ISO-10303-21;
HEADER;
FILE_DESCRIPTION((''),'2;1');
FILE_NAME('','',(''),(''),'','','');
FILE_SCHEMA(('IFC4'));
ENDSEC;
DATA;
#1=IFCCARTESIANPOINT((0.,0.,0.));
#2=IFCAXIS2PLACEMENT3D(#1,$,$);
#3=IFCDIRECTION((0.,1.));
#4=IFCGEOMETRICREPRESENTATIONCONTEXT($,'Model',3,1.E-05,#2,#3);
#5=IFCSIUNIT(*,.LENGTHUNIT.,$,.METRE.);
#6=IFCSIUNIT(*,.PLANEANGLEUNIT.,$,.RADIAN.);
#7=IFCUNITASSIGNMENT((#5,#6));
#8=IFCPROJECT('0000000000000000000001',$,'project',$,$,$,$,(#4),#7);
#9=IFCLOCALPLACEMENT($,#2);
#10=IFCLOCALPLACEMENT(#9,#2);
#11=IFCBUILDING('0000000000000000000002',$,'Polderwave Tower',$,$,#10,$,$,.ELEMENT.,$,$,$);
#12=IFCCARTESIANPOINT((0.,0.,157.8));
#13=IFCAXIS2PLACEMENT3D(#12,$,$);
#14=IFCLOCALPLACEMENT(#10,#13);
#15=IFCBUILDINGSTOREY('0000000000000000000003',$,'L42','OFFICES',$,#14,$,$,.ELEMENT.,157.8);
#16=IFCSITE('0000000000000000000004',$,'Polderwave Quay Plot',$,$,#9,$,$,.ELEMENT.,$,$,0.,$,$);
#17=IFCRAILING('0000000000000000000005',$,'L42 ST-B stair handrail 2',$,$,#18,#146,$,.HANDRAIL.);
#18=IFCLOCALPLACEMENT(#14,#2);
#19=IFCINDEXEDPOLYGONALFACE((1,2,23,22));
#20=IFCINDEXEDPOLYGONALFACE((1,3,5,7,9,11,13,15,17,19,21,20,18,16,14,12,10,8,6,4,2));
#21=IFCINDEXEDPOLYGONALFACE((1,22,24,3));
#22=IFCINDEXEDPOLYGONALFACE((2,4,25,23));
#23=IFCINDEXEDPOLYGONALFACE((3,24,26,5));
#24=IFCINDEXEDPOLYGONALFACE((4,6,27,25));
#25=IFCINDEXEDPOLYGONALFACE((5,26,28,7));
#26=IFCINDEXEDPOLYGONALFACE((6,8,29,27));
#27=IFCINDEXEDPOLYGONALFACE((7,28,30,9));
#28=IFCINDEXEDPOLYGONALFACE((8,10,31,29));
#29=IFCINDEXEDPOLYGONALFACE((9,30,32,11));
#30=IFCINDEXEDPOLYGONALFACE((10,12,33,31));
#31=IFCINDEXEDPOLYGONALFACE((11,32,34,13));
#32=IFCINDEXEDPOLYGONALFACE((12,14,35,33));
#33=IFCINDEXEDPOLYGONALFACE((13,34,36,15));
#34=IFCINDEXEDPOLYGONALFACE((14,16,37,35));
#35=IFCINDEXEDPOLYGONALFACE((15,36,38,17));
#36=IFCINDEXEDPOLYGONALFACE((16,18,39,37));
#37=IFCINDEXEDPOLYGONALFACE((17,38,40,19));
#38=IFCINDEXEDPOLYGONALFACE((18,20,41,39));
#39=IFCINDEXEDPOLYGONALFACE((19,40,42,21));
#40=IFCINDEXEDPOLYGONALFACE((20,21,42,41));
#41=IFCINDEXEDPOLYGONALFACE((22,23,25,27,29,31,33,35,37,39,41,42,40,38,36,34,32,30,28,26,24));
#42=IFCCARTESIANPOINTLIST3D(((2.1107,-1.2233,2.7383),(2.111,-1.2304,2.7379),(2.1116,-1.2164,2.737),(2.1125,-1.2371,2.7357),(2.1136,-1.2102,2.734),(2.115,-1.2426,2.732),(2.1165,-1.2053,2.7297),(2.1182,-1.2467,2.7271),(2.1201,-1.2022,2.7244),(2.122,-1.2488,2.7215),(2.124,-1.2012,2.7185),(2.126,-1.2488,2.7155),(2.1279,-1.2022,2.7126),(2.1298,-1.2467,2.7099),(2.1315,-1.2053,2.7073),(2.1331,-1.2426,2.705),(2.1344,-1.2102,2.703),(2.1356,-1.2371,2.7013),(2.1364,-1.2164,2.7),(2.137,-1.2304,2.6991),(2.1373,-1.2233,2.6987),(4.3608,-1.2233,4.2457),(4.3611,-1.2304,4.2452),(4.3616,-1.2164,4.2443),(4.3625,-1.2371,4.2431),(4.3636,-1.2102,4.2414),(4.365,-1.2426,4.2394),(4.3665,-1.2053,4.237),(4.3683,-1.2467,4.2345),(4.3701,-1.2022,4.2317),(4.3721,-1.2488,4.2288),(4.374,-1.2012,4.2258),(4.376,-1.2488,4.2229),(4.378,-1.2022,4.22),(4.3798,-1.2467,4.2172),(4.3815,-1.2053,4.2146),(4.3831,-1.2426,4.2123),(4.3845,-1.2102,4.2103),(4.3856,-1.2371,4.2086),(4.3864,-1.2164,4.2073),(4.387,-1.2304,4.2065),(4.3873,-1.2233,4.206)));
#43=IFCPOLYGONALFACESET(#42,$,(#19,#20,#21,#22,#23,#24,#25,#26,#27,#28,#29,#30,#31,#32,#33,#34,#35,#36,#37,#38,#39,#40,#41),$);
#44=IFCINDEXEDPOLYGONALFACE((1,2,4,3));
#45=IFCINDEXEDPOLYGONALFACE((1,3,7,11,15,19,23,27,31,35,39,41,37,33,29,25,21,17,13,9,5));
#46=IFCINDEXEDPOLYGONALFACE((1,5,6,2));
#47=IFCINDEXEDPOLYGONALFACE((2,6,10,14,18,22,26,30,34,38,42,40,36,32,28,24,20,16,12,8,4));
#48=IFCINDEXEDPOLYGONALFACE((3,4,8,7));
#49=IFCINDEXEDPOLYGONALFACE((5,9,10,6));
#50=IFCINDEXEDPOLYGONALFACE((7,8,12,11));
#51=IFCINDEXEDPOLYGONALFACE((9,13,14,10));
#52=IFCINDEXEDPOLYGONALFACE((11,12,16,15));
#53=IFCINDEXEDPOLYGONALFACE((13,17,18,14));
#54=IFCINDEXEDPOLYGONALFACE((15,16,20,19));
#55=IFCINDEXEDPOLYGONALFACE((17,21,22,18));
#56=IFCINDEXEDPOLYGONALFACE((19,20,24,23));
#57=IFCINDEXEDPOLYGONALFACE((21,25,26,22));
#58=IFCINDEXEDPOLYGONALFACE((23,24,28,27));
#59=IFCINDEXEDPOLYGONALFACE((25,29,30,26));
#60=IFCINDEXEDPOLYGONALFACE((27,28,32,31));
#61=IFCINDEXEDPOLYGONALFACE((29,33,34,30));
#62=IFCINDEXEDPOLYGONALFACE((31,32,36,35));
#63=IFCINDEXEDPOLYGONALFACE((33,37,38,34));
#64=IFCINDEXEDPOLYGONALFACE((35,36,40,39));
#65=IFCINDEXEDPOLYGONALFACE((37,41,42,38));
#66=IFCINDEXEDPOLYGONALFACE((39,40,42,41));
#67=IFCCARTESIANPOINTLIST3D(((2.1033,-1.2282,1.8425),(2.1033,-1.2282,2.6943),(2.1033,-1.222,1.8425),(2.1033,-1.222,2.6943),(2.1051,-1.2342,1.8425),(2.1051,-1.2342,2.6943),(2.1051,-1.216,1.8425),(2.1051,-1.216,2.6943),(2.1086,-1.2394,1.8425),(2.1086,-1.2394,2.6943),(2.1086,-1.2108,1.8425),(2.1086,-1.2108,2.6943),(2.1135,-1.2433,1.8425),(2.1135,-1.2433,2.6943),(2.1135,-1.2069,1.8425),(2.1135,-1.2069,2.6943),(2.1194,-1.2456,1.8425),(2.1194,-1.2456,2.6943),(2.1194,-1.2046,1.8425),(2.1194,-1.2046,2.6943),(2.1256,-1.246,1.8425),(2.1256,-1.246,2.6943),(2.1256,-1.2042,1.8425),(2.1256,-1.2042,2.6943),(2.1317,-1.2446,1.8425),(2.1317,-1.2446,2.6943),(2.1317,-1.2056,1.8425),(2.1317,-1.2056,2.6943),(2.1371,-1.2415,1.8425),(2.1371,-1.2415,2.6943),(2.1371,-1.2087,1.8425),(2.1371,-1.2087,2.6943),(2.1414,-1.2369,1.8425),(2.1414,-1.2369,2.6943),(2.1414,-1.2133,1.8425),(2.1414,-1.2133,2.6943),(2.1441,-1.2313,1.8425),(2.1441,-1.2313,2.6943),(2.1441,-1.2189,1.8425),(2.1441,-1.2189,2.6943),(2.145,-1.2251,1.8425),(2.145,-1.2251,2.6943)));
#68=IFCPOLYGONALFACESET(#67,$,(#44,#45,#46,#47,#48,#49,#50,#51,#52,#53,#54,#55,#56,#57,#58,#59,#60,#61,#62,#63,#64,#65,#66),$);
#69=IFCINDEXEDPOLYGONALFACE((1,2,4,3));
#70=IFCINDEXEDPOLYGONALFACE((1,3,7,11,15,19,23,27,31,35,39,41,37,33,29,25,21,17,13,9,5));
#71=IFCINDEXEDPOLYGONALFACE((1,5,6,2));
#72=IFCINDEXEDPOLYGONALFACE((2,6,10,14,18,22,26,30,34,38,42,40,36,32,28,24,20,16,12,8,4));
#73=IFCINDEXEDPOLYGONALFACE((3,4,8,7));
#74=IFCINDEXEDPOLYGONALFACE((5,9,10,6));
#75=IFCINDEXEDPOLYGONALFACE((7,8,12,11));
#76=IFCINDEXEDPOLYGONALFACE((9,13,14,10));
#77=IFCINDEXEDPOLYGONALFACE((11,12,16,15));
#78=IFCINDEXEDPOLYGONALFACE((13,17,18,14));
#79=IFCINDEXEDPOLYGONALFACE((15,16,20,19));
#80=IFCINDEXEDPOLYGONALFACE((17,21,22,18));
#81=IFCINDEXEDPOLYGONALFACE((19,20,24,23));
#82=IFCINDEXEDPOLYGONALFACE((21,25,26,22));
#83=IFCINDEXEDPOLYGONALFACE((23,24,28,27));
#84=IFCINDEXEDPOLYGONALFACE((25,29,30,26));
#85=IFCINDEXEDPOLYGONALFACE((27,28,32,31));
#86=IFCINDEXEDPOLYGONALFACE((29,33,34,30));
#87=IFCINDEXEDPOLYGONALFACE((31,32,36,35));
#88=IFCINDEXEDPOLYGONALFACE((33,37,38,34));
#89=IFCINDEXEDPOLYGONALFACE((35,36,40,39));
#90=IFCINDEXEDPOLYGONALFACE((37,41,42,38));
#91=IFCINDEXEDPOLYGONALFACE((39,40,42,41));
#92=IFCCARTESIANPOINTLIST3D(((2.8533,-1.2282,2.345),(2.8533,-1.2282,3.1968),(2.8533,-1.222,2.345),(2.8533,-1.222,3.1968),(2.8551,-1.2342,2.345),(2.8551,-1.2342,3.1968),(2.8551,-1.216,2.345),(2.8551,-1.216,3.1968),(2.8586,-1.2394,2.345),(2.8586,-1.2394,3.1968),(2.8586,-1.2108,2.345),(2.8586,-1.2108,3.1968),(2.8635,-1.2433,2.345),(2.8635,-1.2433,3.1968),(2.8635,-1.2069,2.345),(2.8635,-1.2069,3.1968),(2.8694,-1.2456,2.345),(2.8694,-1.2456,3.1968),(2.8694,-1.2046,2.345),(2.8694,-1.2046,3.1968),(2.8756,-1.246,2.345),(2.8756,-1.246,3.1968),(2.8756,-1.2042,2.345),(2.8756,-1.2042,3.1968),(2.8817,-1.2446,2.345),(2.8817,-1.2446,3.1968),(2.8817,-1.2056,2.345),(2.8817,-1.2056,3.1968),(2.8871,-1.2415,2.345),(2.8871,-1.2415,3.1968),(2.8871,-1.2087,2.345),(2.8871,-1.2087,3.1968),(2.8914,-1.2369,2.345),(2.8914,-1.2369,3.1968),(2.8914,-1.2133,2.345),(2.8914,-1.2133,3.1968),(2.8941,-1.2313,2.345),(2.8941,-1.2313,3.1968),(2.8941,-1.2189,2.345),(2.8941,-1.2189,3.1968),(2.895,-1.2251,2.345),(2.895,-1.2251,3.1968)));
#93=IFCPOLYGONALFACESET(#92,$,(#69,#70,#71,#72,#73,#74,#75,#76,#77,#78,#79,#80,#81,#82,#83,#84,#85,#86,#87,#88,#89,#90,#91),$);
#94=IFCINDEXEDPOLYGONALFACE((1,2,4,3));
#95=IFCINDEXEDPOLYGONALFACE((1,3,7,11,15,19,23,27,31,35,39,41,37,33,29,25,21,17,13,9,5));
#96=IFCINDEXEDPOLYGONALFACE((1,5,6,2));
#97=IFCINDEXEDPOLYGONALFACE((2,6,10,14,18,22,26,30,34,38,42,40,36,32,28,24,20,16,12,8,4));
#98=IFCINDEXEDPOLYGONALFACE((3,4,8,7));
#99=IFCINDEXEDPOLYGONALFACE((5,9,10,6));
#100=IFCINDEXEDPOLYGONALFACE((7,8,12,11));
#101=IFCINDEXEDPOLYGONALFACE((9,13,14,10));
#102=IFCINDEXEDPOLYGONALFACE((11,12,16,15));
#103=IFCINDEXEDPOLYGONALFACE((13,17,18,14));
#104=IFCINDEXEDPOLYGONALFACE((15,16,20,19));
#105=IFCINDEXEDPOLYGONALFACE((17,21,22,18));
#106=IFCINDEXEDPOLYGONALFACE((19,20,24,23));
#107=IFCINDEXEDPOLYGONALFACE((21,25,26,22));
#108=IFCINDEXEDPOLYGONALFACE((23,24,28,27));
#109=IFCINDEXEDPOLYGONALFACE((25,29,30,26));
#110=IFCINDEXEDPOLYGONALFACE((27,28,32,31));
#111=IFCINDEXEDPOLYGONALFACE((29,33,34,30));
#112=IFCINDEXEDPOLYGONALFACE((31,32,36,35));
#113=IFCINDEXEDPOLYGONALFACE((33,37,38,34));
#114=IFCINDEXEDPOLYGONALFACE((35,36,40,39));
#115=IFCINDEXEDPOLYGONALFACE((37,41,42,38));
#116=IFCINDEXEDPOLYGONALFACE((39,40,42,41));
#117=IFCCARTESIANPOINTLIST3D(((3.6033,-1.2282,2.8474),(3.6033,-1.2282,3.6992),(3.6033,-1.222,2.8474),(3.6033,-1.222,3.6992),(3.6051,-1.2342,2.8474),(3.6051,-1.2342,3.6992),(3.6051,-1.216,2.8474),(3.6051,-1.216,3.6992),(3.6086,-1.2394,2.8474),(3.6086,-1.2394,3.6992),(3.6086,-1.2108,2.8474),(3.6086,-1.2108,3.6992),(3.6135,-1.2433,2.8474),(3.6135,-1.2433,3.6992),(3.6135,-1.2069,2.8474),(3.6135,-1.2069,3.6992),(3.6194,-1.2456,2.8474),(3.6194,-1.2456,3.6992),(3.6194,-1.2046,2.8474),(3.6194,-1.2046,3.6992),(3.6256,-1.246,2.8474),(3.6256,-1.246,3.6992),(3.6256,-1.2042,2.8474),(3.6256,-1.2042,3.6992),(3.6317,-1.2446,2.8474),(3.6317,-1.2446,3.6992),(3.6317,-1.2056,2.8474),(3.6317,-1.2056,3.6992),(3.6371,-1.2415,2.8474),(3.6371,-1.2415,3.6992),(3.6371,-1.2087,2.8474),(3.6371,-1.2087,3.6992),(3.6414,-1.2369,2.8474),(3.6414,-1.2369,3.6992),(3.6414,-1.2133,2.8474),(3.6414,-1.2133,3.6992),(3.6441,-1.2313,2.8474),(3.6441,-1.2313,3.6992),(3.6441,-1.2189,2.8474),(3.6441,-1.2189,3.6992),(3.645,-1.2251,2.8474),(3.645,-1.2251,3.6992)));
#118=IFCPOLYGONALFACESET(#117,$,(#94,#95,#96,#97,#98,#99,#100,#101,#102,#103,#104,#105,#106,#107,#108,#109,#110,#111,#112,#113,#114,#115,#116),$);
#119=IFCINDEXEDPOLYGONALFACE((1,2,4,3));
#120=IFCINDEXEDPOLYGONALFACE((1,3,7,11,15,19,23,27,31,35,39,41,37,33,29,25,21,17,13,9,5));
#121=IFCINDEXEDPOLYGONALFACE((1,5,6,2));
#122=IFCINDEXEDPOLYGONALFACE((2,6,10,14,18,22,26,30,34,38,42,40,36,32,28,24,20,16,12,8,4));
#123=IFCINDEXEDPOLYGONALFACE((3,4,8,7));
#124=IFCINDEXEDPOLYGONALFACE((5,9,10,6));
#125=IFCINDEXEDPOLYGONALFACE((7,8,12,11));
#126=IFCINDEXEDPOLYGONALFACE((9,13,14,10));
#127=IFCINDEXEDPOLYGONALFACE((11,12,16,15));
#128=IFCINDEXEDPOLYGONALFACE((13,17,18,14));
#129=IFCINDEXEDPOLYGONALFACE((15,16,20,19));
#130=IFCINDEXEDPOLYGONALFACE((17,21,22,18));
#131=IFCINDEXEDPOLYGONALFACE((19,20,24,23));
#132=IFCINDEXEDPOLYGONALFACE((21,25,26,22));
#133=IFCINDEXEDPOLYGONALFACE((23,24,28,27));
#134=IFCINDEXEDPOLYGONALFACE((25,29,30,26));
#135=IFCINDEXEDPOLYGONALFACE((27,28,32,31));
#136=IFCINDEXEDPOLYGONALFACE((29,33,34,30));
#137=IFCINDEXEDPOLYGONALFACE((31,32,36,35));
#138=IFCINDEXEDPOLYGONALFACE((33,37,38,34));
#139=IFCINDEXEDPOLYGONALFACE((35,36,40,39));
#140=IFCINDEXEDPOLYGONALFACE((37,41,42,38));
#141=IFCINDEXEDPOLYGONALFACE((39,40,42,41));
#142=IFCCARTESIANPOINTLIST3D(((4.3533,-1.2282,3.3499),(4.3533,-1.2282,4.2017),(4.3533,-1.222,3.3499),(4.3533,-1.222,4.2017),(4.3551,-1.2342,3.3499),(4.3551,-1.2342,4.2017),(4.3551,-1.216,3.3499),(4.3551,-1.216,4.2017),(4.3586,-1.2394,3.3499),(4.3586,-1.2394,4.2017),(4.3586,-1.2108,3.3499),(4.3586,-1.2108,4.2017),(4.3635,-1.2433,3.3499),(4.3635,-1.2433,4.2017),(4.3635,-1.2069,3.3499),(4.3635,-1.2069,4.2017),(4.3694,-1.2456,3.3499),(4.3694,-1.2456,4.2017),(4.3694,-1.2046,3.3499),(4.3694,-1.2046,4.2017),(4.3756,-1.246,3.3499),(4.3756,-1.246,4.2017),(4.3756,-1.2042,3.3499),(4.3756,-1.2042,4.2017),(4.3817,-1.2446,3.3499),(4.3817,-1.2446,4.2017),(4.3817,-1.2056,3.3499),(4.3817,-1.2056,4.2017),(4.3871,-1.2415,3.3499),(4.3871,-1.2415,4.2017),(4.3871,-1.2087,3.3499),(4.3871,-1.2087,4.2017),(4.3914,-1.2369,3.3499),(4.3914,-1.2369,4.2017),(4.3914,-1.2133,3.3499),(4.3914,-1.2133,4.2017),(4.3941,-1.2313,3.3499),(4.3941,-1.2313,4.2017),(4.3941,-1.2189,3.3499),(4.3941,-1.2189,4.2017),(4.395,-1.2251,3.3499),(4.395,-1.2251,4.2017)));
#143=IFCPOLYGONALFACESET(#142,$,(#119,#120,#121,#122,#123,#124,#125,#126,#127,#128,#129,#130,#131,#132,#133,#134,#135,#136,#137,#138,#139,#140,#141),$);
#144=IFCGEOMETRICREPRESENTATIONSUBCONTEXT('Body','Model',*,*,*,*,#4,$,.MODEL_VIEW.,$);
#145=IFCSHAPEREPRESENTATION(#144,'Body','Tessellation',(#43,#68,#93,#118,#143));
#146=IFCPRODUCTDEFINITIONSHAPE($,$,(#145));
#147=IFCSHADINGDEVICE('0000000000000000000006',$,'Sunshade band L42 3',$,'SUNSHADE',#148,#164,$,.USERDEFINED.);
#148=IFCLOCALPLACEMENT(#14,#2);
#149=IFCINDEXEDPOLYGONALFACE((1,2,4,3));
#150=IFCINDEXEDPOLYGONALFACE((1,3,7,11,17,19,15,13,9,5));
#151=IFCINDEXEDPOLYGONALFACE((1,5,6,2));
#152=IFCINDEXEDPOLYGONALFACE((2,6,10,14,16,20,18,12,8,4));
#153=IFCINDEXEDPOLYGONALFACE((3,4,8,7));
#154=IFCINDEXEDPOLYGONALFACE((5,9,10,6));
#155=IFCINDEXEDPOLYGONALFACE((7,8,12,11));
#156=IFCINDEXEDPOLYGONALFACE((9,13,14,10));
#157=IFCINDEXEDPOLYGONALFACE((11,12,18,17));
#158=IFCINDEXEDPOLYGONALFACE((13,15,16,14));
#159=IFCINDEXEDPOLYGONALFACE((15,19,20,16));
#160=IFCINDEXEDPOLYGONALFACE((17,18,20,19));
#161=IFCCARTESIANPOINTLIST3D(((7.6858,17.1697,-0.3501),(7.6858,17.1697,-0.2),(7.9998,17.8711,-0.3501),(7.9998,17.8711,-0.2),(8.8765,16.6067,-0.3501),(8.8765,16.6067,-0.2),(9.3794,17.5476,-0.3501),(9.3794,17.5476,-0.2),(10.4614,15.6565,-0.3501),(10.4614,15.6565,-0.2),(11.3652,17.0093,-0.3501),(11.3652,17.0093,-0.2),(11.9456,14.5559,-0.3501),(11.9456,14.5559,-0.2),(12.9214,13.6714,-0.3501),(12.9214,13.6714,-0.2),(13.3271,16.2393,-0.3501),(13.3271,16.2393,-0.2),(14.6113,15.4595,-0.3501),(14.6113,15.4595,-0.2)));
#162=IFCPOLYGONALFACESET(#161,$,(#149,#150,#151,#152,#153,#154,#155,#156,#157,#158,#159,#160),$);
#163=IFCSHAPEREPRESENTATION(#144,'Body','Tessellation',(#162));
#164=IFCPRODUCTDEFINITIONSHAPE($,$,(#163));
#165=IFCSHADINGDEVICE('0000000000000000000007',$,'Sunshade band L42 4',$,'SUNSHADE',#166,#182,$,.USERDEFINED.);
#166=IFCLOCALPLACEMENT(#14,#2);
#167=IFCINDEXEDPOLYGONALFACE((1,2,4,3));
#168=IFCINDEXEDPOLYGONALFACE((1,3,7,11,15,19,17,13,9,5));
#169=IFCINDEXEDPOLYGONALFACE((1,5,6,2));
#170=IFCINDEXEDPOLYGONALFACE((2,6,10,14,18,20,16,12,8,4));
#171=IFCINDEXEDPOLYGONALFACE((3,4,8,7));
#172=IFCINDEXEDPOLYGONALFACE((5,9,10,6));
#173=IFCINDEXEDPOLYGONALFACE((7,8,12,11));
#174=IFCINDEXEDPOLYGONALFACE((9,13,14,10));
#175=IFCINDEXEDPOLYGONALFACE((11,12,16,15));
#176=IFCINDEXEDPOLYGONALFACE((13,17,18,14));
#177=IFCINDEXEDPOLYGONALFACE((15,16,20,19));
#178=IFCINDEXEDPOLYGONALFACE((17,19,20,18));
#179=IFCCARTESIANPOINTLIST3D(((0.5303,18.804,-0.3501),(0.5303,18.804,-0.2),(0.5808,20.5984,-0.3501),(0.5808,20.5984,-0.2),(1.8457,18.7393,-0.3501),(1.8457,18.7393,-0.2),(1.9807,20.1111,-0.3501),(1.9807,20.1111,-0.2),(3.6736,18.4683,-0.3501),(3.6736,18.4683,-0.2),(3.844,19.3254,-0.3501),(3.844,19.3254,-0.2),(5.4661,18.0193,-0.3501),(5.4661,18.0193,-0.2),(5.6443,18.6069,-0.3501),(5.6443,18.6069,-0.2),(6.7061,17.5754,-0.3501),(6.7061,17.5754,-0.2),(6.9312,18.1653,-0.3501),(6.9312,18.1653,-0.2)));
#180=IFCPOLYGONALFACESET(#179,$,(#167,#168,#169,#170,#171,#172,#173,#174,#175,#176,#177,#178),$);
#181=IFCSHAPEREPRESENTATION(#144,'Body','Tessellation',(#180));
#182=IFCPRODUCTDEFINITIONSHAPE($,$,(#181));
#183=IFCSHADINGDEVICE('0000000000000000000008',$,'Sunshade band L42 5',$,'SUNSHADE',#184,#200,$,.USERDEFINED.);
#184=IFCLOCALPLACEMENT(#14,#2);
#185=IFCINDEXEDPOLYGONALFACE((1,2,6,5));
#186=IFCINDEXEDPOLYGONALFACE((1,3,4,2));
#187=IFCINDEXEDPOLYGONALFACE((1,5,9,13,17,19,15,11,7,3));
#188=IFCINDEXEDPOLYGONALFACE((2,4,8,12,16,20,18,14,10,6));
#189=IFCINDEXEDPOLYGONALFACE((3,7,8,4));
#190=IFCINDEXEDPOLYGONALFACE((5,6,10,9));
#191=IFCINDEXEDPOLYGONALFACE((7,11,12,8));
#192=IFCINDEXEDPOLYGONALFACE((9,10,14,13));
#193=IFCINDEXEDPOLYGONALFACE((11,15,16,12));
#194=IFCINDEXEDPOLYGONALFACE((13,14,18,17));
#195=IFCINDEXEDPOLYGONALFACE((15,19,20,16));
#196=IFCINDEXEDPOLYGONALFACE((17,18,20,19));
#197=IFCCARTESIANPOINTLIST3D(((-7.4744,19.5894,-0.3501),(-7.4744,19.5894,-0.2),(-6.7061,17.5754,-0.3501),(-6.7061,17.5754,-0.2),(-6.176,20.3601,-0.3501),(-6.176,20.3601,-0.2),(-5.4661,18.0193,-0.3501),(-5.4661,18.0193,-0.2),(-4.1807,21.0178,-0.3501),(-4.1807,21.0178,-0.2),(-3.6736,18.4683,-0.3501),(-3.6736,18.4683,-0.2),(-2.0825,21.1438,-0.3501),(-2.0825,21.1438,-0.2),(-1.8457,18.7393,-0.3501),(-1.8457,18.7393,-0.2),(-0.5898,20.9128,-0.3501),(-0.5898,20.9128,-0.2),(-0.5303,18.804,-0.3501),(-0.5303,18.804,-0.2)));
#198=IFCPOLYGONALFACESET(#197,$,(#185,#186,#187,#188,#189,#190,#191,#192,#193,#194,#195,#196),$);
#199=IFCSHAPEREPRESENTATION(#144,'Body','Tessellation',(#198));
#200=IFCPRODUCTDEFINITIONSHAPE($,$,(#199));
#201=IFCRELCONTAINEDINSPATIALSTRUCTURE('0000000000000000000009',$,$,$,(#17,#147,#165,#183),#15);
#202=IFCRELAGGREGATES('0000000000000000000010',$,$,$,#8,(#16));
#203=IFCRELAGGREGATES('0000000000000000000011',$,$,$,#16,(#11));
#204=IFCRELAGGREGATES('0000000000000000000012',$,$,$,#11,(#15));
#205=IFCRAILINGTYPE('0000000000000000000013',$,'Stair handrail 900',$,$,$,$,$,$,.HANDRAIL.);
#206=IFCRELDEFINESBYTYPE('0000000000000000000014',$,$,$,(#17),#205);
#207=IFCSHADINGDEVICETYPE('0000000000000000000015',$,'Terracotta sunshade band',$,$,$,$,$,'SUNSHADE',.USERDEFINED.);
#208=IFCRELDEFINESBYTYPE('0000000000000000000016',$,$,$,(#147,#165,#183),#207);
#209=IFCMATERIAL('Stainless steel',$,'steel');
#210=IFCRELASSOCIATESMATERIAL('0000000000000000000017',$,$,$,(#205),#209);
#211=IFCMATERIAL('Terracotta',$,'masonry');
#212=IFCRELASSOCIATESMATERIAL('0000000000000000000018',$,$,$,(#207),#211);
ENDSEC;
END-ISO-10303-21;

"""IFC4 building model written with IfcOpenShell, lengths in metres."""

from ifc_helpers import new_model, si_unit, direction, frame, origin, origin_2d, place, context, subcontext, project, spatial, polyline, circle, outline, extrude, material, type_object, element, save


model = new_model("IFC4")

# Units and contexts
model_context = context("Model", 3, precision=1e-05, world=origin(), true_north=direction((0.0, 1.0)))
body_context = subcontext(model_context, "Body", "Model", "MODEL_VIEW")
ifc_project = project(units=[si_unit("LENGTHUNIT", "METRE"), si_unit("PLANEANGLEUNIT", "RADIAN")], contexts=[model_context])

# Site, building, storey
site_placement = place(None, origin())
site = spatial("IfcSite", under=ifc_project, at=site_placement, Name="Polderwave Quay Plot", CompositionType="ELEMENT", RefElevation=0.0)
building_placement = place(site_placement, origin())
building = spatial("IfcBuilding", under=site, at=building_placement, Name="Polderwave Tower", CompositionType="ELEMENT")
storey_placement = place(building_placement, frame((0.0, 0.0, 157.8)))
storey = spatial("IfcBuildingStorey", under=building, at=storey_placement, Name="L42", Description="OFFICES", CompositionType="ELEMENT", Elevation=157.8)

# Railing
ifc_material_1 = material(Name="Stainless steel", Category="steel")
railing_type_1 = type_object("IfcRailingType", Name="Stair handrail 900", PredefinedType="HANDRAIL", material=ifc_material_1)
railing_1_placement = place(storey_placement, frame((2.124, -1.2251, 1.8425)))
element("IfcRailing", 1, at=railing_1_placement, inside=storey, type_object=railing_type_1, Name="L42 ST-B stair handrail 2", PredefinedType="HANDRAIL", context=body_context, shape_type="SweptSolid", body=[
    extrude(circle(Radius=0.0239, at=origin_2d()), frame((0.0, 0.0, 0.876), z_axis=(0.8308, 0.0, 0.556571), x_axis=(0.0, 1.0, 0.0)), (0.0, 0.0, 1.0), 2.7083),
    extrude(circle(Radius=0.021, at=origin_2d()), origin(), (0.0, 0.0, 1.0), 0.8518),
    extrude(circle(Radius=0.021, at=origin_2d()), frame((0.75, 0.0, 0.5024)), (0.0, 0.0, 1.0), 0.8518),
    extrude(circle(Radius=0.021, at=origin_2d()), frame((1.5, 0.0, 1.0049)), (0.0, 0.0, 1.0), 0.8518),
    extrude(circle(Radius=0.021, at=origin_2d()), frame((2.25, 0.0, 1.5073)), (0.0, 0.0, 1.0), 0.8518),
])

# Shading devices
ifc_material_2 = material(Name="Terracotta", Category="masonry")
shading_device_type = type_object("IfcShadingDeviceType", Name="Terracotta sunshade band", ElementType="SUNSHADE", PredefinedType="USERDEFINED", material=ifc_material_2)
shading_device_1_placement = place(storey_placement, frame((0.0, 0.0, -0.3501)))
element("IfcShadingDevice", 2, at=shading_device_1_placement, inside=storey, type_object=shading_device_type, Name="Sunshade band L42 3", ObjectType="SUNSHADE", PredefinedType="USERDEFINED", context=body_context, shape_type="SweptSolid", body=[
    extrude(outline(polyline([(12.9214, 13.6714), (11.9456, 14.5559), (10.4614, 15.6565), (8.8765, 16.6067), (7.6858, 17.1697), (7.9998, 17.8711), (9.3794, 17.5476), (11.3652, 17.0093), (13.3271, 16.2393), (14.6113, 15.4595), (12.9214, 13.6714)])), origin(), (0.0, 0.0, 1.0), 0.1501),
])
shading_device_2_placement = place(storey_placement, frame((0.0, 0.0, -0.3501)))
element("IfcShadingDevice", 3, at=shading_device_2_placement, inside=storey, type_object=shading_device_type, Name="Sunshade band L42 4", ObjectType="SUNSHADE", PredefinedType="USERDEFINED", context=body_context, shape_type="SweptSolid", body=[
    extrude(outline(polyline([(6.7061, 17.5754), (5.4661, 18.0193), (3.6736, 18.4683), (1.8457, 18.7393), (0.5303, 18.804), (0.5808, 20.5984), (1.9807, 20.1111), (3.844, 19.3254), (5.6443, 18.6069), (6.9312, 18.1653), (6.7061, 17.5754)])), origin(), (0.0, 0.0, 1.0), 0.1501),
])
shading_device_3_placement = place(storey_placement, frame((0.0, 0.0, -0.3501)))
element("IfcShadingDevice", 4, at=shading_device_3_placement, inside=storey, type_object=shading_device_type, Name="Sunshade band L42 5", ObjectType="SUNSHADE", PredefinedType="USERDEFINED", context=body_context, shape_type="SweptSolid", body=[
    extrude(outline(polyline([(-0.5303, 18.804), (-1.8457, 18.7393), (-3.6736, 18.4683), (-5.4661, 18.0193), (-6.7061, 17.5754), (-7.4744, 19.5894), (-6.176, 20.3601), (-4.1807, 21.0178), (-2.0825, 21.1438), (-0.5898, 20.9128), (-0.5303, 18.804)])), origin(), (0.0, 0.0, 1.0), 0.1501),
])

save(model, "model.ifc")
